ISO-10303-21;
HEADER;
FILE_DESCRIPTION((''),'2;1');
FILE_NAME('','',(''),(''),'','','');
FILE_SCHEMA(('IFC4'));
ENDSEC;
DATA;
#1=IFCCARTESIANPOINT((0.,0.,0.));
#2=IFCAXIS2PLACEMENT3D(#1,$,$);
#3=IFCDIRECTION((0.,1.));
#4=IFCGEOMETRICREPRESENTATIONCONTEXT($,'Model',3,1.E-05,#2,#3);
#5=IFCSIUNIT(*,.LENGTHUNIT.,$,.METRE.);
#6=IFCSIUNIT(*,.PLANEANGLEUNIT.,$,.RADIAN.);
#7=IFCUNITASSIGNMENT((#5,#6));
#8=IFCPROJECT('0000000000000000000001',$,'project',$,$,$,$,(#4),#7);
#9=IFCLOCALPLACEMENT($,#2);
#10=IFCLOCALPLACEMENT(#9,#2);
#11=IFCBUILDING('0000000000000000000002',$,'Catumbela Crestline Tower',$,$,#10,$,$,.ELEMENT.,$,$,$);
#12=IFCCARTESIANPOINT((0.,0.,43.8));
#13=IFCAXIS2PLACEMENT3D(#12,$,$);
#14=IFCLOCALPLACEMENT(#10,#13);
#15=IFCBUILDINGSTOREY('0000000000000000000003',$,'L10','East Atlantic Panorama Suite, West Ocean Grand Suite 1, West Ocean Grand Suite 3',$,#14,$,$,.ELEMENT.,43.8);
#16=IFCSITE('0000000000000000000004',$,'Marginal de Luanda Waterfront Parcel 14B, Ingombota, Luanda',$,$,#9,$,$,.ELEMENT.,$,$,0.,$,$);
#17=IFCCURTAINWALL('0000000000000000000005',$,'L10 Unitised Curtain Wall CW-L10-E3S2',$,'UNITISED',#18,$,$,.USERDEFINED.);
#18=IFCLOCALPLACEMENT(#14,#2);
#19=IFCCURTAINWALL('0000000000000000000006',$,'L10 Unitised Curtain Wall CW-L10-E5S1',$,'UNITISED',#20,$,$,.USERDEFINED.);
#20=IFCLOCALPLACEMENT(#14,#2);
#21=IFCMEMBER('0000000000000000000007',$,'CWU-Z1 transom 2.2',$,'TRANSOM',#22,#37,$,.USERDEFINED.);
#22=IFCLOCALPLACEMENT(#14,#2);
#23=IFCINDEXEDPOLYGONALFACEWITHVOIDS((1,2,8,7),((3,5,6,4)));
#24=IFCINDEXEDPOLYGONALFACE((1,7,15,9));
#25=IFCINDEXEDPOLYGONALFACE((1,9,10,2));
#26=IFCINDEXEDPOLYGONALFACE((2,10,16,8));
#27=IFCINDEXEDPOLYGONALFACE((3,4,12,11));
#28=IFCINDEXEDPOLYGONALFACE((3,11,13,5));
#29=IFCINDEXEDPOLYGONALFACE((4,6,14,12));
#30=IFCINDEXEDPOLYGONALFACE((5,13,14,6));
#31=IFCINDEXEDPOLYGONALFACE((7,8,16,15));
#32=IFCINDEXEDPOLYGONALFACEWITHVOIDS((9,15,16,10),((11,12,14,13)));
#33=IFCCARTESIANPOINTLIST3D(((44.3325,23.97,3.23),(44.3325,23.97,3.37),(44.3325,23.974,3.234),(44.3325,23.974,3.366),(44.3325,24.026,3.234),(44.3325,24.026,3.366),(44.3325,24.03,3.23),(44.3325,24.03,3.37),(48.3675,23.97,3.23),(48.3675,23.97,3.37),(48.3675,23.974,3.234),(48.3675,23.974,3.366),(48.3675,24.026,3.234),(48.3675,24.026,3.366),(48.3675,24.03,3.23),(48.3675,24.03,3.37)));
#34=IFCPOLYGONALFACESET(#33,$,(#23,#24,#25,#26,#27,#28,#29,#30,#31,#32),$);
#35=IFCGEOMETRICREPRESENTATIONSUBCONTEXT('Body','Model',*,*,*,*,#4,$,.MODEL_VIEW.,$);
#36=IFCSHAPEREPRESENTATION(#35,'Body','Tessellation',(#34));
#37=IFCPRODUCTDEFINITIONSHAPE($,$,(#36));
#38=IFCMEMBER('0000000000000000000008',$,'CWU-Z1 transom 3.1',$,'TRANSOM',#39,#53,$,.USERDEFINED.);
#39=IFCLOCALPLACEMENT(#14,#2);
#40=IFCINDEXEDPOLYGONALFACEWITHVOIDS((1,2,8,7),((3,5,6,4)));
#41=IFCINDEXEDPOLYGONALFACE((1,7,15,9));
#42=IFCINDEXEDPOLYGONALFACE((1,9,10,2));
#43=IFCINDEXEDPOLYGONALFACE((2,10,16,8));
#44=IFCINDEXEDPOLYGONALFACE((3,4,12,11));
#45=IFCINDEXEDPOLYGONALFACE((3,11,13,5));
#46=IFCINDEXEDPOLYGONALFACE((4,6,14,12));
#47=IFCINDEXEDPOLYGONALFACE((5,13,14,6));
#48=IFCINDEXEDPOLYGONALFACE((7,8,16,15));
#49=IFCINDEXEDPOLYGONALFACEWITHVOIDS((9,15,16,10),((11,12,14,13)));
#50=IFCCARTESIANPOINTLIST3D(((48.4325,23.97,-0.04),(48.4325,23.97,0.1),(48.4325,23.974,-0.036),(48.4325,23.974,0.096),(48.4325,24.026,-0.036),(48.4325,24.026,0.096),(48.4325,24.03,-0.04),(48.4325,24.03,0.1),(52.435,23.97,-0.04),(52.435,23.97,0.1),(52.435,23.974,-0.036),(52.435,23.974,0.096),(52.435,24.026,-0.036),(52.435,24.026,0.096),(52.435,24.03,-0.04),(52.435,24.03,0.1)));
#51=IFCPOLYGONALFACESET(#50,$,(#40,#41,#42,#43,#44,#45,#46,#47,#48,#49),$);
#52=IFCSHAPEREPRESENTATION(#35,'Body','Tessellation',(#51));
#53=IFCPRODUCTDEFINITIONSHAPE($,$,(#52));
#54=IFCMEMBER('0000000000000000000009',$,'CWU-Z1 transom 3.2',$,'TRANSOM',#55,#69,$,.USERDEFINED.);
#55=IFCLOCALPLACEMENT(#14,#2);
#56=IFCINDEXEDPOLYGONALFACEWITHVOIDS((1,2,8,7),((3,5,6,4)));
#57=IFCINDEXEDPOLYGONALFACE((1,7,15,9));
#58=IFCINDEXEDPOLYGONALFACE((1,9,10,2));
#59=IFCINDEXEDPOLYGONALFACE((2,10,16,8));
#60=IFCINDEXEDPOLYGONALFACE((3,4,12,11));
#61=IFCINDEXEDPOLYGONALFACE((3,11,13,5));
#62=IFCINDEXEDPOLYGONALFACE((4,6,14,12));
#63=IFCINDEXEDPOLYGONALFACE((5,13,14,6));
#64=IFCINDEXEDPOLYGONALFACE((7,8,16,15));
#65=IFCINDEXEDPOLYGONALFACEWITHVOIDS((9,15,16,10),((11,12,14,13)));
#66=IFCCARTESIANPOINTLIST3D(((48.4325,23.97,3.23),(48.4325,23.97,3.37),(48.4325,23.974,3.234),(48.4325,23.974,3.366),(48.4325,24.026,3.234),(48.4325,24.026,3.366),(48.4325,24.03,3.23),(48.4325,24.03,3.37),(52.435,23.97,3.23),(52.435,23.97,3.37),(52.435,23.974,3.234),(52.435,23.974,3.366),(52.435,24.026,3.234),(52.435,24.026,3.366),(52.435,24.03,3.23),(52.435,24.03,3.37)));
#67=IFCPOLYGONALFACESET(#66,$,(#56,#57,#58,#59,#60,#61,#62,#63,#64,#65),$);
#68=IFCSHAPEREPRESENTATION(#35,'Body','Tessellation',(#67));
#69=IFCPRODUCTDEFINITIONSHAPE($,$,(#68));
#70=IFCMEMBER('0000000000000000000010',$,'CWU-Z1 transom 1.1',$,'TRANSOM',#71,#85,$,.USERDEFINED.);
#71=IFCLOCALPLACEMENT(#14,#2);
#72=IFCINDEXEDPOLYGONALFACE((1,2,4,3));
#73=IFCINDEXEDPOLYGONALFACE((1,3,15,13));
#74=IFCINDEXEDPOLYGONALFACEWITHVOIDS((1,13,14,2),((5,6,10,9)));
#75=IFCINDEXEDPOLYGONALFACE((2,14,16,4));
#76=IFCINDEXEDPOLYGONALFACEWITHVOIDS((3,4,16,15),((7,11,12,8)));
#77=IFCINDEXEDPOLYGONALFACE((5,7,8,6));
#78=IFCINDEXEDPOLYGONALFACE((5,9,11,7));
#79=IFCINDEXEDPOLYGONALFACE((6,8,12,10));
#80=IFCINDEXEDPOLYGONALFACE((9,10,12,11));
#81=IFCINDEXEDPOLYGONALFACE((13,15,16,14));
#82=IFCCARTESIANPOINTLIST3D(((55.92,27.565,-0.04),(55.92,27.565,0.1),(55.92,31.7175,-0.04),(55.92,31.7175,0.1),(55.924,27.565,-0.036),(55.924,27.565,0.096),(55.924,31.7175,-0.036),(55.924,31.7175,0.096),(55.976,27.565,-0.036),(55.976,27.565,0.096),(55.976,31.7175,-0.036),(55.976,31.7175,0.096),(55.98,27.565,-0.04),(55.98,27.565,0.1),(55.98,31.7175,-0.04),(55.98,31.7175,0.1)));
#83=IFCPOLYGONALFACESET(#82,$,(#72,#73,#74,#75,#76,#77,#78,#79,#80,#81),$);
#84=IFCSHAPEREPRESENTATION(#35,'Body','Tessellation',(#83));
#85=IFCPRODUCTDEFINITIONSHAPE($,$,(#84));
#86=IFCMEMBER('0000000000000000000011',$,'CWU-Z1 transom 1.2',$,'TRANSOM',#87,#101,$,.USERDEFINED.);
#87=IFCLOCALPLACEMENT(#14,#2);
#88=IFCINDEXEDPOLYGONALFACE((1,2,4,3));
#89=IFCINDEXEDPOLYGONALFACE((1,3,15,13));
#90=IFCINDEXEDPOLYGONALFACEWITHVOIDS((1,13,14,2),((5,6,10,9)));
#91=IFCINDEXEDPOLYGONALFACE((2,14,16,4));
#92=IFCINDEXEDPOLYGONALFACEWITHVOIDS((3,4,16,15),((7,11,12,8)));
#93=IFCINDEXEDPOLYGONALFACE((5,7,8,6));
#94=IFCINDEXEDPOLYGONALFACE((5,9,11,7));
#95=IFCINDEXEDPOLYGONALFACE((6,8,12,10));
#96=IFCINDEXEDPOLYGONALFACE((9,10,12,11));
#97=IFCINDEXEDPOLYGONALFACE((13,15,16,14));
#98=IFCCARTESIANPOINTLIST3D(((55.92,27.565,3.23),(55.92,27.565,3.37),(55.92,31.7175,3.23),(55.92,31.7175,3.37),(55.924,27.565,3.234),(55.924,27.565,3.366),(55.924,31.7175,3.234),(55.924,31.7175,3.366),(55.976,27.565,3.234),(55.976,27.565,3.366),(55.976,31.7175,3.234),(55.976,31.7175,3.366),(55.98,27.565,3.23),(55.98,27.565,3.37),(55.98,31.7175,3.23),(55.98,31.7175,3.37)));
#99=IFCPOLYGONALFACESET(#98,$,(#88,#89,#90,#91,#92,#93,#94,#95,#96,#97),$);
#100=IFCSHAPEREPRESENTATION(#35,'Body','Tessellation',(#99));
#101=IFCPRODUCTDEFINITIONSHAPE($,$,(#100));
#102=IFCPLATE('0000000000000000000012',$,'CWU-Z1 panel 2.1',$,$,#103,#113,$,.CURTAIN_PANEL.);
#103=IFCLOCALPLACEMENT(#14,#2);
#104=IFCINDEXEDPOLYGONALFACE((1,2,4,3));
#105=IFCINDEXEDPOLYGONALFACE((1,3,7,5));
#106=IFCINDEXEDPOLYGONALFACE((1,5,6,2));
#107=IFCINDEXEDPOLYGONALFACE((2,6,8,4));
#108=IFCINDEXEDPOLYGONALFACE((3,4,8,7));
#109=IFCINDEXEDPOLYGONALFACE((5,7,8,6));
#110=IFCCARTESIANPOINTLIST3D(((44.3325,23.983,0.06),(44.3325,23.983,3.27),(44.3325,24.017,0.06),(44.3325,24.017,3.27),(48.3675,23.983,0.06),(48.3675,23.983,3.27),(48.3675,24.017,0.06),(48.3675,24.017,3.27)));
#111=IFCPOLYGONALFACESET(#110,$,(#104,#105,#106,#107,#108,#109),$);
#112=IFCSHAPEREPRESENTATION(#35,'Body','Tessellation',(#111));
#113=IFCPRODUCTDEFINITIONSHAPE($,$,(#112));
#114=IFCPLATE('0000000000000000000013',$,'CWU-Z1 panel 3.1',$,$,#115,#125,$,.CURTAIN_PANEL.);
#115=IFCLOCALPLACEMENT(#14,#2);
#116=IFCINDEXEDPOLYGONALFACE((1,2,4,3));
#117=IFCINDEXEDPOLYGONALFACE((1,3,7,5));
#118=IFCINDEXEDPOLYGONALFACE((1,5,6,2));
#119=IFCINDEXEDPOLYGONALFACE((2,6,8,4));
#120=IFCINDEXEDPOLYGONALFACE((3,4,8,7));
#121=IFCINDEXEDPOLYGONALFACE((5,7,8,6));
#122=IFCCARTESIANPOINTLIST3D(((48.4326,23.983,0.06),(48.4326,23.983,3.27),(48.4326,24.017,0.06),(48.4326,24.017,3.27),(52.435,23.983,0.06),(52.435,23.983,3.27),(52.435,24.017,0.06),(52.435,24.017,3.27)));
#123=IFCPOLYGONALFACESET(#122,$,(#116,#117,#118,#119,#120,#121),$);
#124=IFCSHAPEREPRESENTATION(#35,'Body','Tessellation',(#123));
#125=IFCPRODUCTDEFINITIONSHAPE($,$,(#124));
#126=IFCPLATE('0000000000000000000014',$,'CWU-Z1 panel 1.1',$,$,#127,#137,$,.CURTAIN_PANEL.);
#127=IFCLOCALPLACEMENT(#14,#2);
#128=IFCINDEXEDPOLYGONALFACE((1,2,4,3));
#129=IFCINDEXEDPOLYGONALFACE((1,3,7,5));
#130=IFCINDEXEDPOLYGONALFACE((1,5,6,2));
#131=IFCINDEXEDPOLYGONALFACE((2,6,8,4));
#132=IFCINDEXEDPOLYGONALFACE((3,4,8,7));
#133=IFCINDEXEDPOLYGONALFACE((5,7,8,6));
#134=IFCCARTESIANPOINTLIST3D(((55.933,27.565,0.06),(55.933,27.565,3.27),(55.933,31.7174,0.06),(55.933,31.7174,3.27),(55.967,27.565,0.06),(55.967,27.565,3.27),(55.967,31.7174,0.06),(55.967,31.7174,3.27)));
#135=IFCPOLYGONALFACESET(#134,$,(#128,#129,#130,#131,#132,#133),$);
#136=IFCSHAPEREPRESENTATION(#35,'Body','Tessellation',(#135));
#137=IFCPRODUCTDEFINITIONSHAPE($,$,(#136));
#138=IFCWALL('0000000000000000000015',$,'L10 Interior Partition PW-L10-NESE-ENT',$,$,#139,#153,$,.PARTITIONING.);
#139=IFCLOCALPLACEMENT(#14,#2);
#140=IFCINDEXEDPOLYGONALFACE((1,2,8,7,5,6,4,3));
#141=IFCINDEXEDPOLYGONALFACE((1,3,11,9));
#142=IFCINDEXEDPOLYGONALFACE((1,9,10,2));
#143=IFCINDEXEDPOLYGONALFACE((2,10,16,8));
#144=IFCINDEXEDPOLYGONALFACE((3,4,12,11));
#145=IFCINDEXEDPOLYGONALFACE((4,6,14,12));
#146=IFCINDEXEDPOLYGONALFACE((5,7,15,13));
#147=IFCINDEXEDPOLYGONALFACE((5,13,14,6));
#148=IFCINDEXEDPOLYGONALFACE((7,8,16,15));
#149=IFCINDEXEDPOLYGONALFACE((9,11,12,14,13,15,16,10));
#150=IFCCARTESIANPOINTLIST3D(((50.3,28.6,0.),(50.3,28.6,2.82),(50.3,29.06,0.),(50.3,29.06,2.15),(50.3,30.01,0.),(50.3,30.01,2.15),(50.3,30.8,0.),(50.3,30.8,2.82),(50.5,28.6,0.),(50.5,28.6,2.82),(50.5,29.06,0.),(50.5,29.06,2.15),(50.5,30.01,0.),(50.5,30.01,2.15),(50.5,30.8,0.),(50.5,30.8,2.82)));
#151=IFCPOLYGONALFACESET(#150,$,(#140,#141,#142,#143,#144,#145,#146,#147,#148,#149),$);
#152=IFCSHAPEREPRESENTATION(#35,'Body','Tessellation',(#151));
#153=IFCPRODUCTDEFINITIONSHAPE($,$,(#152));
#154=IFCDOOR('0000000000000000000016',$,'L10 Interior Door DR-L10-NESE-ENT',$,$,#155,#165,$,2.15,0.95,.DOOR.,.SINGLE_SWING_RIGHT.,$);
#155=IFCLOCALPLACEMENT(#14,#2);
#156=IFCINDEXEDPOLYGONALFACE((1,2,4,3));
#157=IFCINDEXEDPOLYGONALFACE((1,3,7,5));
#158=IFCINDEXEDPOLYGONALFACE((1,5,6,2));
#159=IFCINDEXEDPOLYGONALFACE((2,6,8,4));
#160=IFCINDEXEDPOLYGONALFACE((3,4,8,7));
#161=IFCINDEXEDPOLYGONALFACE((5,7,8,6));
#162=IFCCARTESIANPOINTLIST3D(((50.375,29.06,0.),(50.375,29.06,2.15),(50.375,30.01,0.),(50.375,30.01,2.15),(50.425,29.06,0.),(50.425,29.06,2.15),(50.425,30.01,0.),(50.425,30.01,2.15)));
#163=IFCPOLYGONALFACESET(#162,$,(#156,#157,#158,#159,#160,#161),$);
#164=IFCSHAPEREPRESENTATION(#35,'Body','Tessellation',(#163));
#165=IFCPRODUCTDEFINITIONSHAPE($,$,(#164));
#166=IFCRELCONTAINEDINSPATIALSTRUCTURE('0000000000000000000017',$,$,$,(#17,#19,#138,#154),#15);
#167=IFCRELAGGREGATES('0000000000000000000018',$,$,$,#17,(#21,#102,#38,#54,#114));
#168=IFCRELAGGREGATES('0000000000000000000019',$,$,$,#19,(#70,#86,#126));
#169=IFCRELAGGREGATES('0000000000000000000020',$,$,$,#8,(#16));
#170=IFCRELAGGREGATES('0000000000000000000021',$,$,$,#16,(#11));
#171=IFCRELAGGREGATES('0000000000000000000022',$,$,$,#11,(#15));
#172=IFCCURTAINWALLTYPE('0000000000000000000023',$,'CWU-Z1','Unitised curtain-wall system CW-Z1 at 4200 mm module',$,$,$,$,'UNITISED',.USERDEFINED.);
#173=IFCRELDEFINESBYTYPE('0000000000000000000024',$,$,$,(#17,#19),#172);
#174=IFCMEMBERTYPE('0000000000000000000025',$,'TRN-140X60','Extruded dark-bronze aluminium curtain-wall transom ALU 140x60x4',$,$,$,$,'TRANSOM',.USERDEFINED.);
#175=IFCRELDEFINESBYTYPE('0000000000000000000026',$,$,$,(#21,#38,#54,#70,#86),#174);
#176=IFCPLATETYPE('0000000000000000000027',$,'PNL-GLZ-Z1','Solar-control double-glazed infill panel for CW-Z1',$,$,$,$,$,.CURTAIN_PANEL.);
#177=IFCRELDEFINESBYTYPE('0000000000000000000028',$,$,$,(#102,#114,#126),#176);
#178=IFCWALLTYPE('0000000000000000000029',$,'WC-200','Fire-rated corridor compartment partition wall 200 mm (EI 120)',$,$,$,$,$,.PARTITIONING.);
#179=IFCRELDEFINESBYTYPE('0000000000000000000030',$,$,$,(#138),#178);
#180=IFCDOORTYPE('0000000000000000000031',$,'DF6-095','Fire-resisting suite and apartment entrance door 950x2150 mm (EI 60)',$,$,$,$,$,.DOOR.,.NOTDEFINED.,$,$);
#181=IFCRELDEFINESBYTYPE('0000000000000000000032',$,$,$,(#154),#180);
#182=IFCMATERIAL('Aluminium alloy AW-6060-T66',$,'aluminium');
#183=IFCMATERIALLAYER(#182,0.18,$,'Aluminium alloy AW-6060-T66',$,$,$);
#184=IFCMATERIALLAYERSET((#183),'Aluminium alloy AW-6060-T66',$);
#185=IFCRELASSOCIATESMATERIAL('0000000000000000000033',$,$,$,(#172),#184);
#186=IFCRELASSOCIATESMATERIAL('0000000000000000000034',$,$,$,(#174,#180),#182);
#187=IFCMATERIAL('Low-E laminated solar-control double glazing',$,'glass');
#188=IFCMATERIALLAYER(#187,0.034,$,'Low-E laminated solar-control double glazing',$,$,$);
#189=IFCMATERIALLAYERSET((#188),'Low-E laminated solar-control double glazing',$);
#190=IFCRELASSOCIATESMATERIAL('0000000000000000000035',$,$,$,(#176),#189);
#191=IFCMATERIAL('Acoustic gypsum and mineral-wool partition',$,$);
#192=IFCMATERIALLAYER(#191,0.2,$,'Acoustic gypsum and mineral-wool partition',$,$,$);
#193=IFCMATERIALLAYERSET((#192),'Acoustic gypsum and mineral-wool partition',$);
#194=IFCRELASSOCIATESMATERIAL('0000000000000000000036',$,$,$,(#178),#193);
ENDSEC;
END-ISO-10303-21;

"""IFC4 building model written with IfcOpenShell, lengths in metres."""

from ifc_helpers import new_model, si_unit, direction, frame, frame_2d, origin, origin_2d, place, context, subcontext, project, spatial, rectangle, hollow_rectangle, extrude, material, layer, layer_set, material_profile, profile_set, type_object, element, fill, aggregate, save


model = new_model("IFC4")

# Units and contexts
model_context = context("Model", 3, precision=1e-05, world=origin(), true_north=direction((0.0, 1.0)))
body_context = subcontext(model_context, "Body", "Model", "MODEL_VIEW")
ifc_project = project(units=[si_unit("LENGTHUNIT", "METRE"), si_unit("PLANEANGLEUNIT", "RADIAN")], contexts=[model_context])

# Site, building, storey
site_placement = place(None, origin())
site = spatial("IfcSite", under=ifc_project, at=site_placement, Name="Marginal de Luanda Waterfront Parcel 14B, Ingombota, Luanda", CompositionType="ELEMENT", RefElevation=0.0)
building_placement = place(site_placement, origin())
building = spatial("IfcBuilding", under=site, at=building_placement, Name="Catumbela Crestline Tower", CompositionType="ELEMENT")
storey_placement = place(building_placement, frame((0.0, 0.0, 43.8)))
storey = spatial("IfcBuildingStorey", under=building, at=storey_placement, Name="L10", Description="East Atlantic Panorama Suite, West Ocean Grand Suite 1, West Ocean Grand Suite 3", CompositionType="ELEMENT", Elevation=43.8)

# Curtain wall
ifc_material_1 = material(Name="Aluminium alloy AW-6060-T66", Category="aluminium")
ifc_layer_1 = layer(ifc_material_1, 0.18, Name="Aluminium alloy AW-6060-T66")
ifc_layer_set_1 = layer_set([ifc_layer_1], Name="Aluminium alloy AW-6060-T66")
curtain_wall_type = type_object("IfcCurtainWallType", Name="CWU-Z1", Description="Unitised curtain-wall system CW-Z1 at 4200 mm module", ElementType="UNITISED", PredefinedType="USERDEFINED", material=ifc_layer_set_1)
curtain_wall_1_placement = place(storey_placement, origin())
curtain_wall_1 = element("IfcCurtainWall", 1, at=curtain_wall_1_placement, inside=storey, type_object=curtain_wall_type, Name="L10 Unitised Curtain Wall CW-L10-E3S2", ObjectType="UNITISED", PredefinedType="USERDEFINED")

# Curtain wall
curtain_wall_2_placement = place(storey_placement, origin())
curtain_wall_2 = element("IfcCurtainWall", 2, at=curtain_wall_2_placement, inside=storey, type_object=curtain_wall_type, Name="L10 Unitised Curtain Wall CW-L10-E5S1", ObjectType="UNITISED", PredefinedType="USERDEFINED")

# Members
ifc_material_profile_1 = material_profile(ifc_material_1, hollow_rectangle(XDim=0.06, YDim=0.14, WallThickness=0.004, at=origin_2d()), Name="ALU 140x60x4")
ifc_profile_set_1 = profile_set([ifc_material_profile_1], Name="Aluminium alloy AW-6060-T66")
member_type_1 = type_object("IfcMemberType", Name="TRN-140X60", Description="Extruded dark-bronze aluminium curtain-wall transom ALU 140x60x4", ElementType="TRANSOM", PredefinedType="USERDEFINED", material=ifc_profile_set_1)
member_1_placement = place(storey_placement, frame((44.3325, 24.0, 3.3), z_axis=(1.0, 0.0, 0.0), x_axis=(0.0, 1.0, 0.0)))
member_1 = element("IfcMember", 3, at=member_1_placement, type_object=member_type_1, Name="CWU-Z1 transom 2.2", ObjectType="TRANSOM", PredefinedType="USERDEFINED", context=body_context, shape_type="SweptSolid", body=[
    extrude(hollow_rectangle(XDim=0.06, YDim=0.14, WallThickness=0.004, at=origin_2d()), origin(), (0.0, 0.0, 1.0), 4.035),
])
member_2_placement = place(storey_placement, frame((48.4325, 24.0, 0.03), z_axis=(1.0, 0.0, 0.0), x_axis=(0.0, 1.0, 0.0)))
member_2 = element("IfcMember", 4, at=member_2_placement, type_object=member_type_1, Name="CWU-Z1 transom 3.1", ObjectType="TRANSOM", PredefinedType="USERDEFINED", context=body_context, shape_type="SweptSolid", body=[
    extrude(hollow_rectangle(XDim=0.06, YDim=0.14, WallThickness=0.004, at=origin_2d()), origin(), (0.0, 0.0, 1.0), 4.0025),
])
member_3_placement = place(storey_placement, frame((48.4325, 24.0, 3.3), z_axis=(1.0, 0.0, 0.0), x_axis=(0.0, 1.0, 0.0)))
member_3 = element("IfcMember", 5, at=member_3_placement, type_object=member_type_1, Name="CWU-Z1 transom 3.2", ObjectType="TRANSOM", PredefinedType="USERDEFINED", context=body_context, shape_type="SweptSolid", body=[
    extrude(hollow_rectangle(XDim=0.06, YDim=0.14, WallThickness=0.004, at=origin_2d()), origin(), (0.0, 0.0, 1.0), 4.0025),
])
member_4_placement = place(storey_placement, frame((55.95, 27.565, 0.03), z_axis=(0.0, 1.0, 0.0), x_axis=(-1.0, 0.0, 0.0)))
member_4 = element("IfcMember", 6, at=member_4_placement, type_object=member_type_1, Name="CWU-Z1 transom 1.1", ObjectType="TRANSOM", PredefinedType="USERDEFINED", context=body_context, shape_type="SweptSolid", body=[
    extrude(hollow_rectangle(XDim=0.06, YDim=0.14, WallThickness=0.004, at=origin_2d()), origin(), (0.0, 0.0, 1.0), 4.1525),
])
member_5_placement = place(storey_placement, frame((55.95, 27.565, 3.3), z_axis=(0.0, 1.0, 0.0), x_axis=(-1.0, 0.0, 0.0)))
member_5 = element("IfcMember", 7, at=member_5_placement, type_object=member_type_1, Name="CWU-Z1 transom 1.2", ObjectType="TRANSOM", PredefinedType="USERDEFINED", context=body_context, shape_type="SweptSolid", body=[
    extrude(hollow_rectangle(XDim=0.06, YDim=0.14, WallThickness=0.004, at=origin_2d()), origin(), (0.0, 0.0, 1.0), 4.1525),
])

# Plates
ifc_material_2 = material(Name="Low-E laminated solar-control double glazing", Category="glass")
ifc_layer_2 = layer(ifc_material_2, 0.034, Name="Low-E laminated solar-control double glazing")
ifc_layer_set_2 = layer_set([ifc_layer_2], Name="Low-E laminated solar-control double glazing")
plate_type = type_object("IfcPlateType", Name="PNL-GLZ-Z1", Description="Solar-control double-glazed infill panel for CW-Z1", PredefinedType="CURTAIN_PANEL", material=ifc_layer_set_2)
plate_1_placement = place(storey_placement, frame((46.35, 24.0, 0.06), z_axis=(0.0, 0.0, 1.0), x_axis=(1.0, 0.0, 0.0)))
plate_1 = element("IfcPlate", 8, at=plate_1_placement, type_object=plate_type, Name="CWU-Z1 panel 2.1", PredefinedType="CURTAIN_PANEL", context=body_context, shape_type="SweptSolid", body=[
    extrude(rectangle(XDim=4.035, YDim=0.034, at=origin_2d()), origin(), (0.0, 0.0, 1.0), 3.21),
])
plate_2_placement = place(storey_placement, frame((50.4338, 24.0, 0.06), z_axis=(0.0, 0.0, 1.0), x_axis=(1.0, 0.0, 0.0)))
plate_2 = element("IfcPlate", 9, at=plate_2_placement, type_object=plate_type, Name="CWU-Z1 panel 3.1", PredefinedType="CURTAIN_PANEL", context=body_context, shape_type="SweptSolid", body=[
    extrude(rectangle(XDim=4.0025, YDim=0.034, at=origin_2d()), origin(), (0.0, 0.0, 1.0), 3.21),
])
aggregate(curtain_wall_1, [member_1, plate_1, member_2, member_3, plate_2])
plate_3_placement = place(storey_placement, frame((55.95, 29.6412, 0.06), z_axis=(0.0, 0.0, 1.0), x_axis=(0.0, 1.0, 0.0)))
plate_3 = element("IfcPlate", 10, at=plate_3_placement, type_object=plate_type, Name="CWU-Z1 panel 1.1", PredefinedType="CURTAIN_PANEL", context=body_context, shape_type="SweptSolid", body=[
    extrude(rectangle(XDim=4.1525, YDim=0.034, at=origin_2d()), origin(), (0.0, 0.0, 1.0), 3.21),
])
aggregate(curtain_wall_2, [member_4, member_5, plate_3])

# Wall, opening, door
ifc_material_3 = material(Name="Acoustic gypsum and mineral-wool partition")
ifc_layer_3 = layer(ifc_material_3, 0.2, Name="Acoustic gypsum and mineral-wool partition")
ifc_layer_set_3 = layer_set([ifc_layer_3], Name="Acoustic gypsum and mineral-wool partition")
wall_type_1 = type_object("IfcWallType", Name="WC-200", Description="Fire-rated corridor compartment partition wall 200 mm (EI 120)", PredefinedType="PARTITIONING", material=ifc_layer_set_3)
wall_1_placement = place(storey_placement, frame((50.4, 28.6, 0.0), z_axis=(0.0, 0.0, 1.0), x_axis=(0.0, 1.0, 0.0)))
wall_1 = element("IfcWall", 11, at=wall_1_placement, inside=storey, type_object=wall_type_1, Name="L10 Interior Partition PW-L10-NESE-ENT", PredefinedType="PARTITIONING", context=body_context, shape_type="SweptSolid", body=[
    extrude(rectangle(XDim=2.2, YDim=0.2, at=frame_2d((1.1, 0.0))), origin(), (0.0, 0.0, 1.0), 2.82),
])
opening_1_placement = place(wall_1_placement, frame((0.46, 0.0, 0.0)))
opening_1 = element("IfcOpeningElement", 12, at=opening_1_placement, cuts=wall_1, PredefinedType="OPENING", context=body_context, shape_type="SweptSolid", body=[
    extrude(rectangle(XDim=0.95, YDim=2.15, at=frame_2d((0.475, 1.075))), frame((0.0, 0.11, 0.0), z_axis=(0.0, -1.0, 0.0), x_axis=(1.0, 0.0, 0.0)), (0.0, 0.0, 1.0), 0.22),
])
door_type_1 = type_object("IfcDoorType", Name="DF6-095", Description="Fire-resisting suite and apartment entrance door 950x2150 mm (EI 60)", OperationType="NOTDEFINED", PredefinedType="DOOR", material=ifc_material_1)
door_1_placement = place(opening_1_placement, origin())
door_1 = element("IfcDoor", 13, at=door_1_placement, inside=storey, type_object=door_type_1, Name="L10 Interior Door DR-L10-NESE-ENT", OperationType="SINGLE_SWING_RIGHT", OverallHeight=2.15, OverallWidth=0.95, PredefinedType="DOOR", context=body_context, shape_type="SweptSolid", body=[
    extrude(rectangle(XDim=0.95, YDim=2.15, at=frame_2d((0.475, 1.075))), frame((0.0, 0.025, 0.0), z_axis=(0.0, -1.0, 0.0), x_axis=(1.0, 0.0, 0.0)), (0.0, 0.0, 1.0), 0.05),
])
fill(opening_1, door_1)

save(model, "model.ifc")
